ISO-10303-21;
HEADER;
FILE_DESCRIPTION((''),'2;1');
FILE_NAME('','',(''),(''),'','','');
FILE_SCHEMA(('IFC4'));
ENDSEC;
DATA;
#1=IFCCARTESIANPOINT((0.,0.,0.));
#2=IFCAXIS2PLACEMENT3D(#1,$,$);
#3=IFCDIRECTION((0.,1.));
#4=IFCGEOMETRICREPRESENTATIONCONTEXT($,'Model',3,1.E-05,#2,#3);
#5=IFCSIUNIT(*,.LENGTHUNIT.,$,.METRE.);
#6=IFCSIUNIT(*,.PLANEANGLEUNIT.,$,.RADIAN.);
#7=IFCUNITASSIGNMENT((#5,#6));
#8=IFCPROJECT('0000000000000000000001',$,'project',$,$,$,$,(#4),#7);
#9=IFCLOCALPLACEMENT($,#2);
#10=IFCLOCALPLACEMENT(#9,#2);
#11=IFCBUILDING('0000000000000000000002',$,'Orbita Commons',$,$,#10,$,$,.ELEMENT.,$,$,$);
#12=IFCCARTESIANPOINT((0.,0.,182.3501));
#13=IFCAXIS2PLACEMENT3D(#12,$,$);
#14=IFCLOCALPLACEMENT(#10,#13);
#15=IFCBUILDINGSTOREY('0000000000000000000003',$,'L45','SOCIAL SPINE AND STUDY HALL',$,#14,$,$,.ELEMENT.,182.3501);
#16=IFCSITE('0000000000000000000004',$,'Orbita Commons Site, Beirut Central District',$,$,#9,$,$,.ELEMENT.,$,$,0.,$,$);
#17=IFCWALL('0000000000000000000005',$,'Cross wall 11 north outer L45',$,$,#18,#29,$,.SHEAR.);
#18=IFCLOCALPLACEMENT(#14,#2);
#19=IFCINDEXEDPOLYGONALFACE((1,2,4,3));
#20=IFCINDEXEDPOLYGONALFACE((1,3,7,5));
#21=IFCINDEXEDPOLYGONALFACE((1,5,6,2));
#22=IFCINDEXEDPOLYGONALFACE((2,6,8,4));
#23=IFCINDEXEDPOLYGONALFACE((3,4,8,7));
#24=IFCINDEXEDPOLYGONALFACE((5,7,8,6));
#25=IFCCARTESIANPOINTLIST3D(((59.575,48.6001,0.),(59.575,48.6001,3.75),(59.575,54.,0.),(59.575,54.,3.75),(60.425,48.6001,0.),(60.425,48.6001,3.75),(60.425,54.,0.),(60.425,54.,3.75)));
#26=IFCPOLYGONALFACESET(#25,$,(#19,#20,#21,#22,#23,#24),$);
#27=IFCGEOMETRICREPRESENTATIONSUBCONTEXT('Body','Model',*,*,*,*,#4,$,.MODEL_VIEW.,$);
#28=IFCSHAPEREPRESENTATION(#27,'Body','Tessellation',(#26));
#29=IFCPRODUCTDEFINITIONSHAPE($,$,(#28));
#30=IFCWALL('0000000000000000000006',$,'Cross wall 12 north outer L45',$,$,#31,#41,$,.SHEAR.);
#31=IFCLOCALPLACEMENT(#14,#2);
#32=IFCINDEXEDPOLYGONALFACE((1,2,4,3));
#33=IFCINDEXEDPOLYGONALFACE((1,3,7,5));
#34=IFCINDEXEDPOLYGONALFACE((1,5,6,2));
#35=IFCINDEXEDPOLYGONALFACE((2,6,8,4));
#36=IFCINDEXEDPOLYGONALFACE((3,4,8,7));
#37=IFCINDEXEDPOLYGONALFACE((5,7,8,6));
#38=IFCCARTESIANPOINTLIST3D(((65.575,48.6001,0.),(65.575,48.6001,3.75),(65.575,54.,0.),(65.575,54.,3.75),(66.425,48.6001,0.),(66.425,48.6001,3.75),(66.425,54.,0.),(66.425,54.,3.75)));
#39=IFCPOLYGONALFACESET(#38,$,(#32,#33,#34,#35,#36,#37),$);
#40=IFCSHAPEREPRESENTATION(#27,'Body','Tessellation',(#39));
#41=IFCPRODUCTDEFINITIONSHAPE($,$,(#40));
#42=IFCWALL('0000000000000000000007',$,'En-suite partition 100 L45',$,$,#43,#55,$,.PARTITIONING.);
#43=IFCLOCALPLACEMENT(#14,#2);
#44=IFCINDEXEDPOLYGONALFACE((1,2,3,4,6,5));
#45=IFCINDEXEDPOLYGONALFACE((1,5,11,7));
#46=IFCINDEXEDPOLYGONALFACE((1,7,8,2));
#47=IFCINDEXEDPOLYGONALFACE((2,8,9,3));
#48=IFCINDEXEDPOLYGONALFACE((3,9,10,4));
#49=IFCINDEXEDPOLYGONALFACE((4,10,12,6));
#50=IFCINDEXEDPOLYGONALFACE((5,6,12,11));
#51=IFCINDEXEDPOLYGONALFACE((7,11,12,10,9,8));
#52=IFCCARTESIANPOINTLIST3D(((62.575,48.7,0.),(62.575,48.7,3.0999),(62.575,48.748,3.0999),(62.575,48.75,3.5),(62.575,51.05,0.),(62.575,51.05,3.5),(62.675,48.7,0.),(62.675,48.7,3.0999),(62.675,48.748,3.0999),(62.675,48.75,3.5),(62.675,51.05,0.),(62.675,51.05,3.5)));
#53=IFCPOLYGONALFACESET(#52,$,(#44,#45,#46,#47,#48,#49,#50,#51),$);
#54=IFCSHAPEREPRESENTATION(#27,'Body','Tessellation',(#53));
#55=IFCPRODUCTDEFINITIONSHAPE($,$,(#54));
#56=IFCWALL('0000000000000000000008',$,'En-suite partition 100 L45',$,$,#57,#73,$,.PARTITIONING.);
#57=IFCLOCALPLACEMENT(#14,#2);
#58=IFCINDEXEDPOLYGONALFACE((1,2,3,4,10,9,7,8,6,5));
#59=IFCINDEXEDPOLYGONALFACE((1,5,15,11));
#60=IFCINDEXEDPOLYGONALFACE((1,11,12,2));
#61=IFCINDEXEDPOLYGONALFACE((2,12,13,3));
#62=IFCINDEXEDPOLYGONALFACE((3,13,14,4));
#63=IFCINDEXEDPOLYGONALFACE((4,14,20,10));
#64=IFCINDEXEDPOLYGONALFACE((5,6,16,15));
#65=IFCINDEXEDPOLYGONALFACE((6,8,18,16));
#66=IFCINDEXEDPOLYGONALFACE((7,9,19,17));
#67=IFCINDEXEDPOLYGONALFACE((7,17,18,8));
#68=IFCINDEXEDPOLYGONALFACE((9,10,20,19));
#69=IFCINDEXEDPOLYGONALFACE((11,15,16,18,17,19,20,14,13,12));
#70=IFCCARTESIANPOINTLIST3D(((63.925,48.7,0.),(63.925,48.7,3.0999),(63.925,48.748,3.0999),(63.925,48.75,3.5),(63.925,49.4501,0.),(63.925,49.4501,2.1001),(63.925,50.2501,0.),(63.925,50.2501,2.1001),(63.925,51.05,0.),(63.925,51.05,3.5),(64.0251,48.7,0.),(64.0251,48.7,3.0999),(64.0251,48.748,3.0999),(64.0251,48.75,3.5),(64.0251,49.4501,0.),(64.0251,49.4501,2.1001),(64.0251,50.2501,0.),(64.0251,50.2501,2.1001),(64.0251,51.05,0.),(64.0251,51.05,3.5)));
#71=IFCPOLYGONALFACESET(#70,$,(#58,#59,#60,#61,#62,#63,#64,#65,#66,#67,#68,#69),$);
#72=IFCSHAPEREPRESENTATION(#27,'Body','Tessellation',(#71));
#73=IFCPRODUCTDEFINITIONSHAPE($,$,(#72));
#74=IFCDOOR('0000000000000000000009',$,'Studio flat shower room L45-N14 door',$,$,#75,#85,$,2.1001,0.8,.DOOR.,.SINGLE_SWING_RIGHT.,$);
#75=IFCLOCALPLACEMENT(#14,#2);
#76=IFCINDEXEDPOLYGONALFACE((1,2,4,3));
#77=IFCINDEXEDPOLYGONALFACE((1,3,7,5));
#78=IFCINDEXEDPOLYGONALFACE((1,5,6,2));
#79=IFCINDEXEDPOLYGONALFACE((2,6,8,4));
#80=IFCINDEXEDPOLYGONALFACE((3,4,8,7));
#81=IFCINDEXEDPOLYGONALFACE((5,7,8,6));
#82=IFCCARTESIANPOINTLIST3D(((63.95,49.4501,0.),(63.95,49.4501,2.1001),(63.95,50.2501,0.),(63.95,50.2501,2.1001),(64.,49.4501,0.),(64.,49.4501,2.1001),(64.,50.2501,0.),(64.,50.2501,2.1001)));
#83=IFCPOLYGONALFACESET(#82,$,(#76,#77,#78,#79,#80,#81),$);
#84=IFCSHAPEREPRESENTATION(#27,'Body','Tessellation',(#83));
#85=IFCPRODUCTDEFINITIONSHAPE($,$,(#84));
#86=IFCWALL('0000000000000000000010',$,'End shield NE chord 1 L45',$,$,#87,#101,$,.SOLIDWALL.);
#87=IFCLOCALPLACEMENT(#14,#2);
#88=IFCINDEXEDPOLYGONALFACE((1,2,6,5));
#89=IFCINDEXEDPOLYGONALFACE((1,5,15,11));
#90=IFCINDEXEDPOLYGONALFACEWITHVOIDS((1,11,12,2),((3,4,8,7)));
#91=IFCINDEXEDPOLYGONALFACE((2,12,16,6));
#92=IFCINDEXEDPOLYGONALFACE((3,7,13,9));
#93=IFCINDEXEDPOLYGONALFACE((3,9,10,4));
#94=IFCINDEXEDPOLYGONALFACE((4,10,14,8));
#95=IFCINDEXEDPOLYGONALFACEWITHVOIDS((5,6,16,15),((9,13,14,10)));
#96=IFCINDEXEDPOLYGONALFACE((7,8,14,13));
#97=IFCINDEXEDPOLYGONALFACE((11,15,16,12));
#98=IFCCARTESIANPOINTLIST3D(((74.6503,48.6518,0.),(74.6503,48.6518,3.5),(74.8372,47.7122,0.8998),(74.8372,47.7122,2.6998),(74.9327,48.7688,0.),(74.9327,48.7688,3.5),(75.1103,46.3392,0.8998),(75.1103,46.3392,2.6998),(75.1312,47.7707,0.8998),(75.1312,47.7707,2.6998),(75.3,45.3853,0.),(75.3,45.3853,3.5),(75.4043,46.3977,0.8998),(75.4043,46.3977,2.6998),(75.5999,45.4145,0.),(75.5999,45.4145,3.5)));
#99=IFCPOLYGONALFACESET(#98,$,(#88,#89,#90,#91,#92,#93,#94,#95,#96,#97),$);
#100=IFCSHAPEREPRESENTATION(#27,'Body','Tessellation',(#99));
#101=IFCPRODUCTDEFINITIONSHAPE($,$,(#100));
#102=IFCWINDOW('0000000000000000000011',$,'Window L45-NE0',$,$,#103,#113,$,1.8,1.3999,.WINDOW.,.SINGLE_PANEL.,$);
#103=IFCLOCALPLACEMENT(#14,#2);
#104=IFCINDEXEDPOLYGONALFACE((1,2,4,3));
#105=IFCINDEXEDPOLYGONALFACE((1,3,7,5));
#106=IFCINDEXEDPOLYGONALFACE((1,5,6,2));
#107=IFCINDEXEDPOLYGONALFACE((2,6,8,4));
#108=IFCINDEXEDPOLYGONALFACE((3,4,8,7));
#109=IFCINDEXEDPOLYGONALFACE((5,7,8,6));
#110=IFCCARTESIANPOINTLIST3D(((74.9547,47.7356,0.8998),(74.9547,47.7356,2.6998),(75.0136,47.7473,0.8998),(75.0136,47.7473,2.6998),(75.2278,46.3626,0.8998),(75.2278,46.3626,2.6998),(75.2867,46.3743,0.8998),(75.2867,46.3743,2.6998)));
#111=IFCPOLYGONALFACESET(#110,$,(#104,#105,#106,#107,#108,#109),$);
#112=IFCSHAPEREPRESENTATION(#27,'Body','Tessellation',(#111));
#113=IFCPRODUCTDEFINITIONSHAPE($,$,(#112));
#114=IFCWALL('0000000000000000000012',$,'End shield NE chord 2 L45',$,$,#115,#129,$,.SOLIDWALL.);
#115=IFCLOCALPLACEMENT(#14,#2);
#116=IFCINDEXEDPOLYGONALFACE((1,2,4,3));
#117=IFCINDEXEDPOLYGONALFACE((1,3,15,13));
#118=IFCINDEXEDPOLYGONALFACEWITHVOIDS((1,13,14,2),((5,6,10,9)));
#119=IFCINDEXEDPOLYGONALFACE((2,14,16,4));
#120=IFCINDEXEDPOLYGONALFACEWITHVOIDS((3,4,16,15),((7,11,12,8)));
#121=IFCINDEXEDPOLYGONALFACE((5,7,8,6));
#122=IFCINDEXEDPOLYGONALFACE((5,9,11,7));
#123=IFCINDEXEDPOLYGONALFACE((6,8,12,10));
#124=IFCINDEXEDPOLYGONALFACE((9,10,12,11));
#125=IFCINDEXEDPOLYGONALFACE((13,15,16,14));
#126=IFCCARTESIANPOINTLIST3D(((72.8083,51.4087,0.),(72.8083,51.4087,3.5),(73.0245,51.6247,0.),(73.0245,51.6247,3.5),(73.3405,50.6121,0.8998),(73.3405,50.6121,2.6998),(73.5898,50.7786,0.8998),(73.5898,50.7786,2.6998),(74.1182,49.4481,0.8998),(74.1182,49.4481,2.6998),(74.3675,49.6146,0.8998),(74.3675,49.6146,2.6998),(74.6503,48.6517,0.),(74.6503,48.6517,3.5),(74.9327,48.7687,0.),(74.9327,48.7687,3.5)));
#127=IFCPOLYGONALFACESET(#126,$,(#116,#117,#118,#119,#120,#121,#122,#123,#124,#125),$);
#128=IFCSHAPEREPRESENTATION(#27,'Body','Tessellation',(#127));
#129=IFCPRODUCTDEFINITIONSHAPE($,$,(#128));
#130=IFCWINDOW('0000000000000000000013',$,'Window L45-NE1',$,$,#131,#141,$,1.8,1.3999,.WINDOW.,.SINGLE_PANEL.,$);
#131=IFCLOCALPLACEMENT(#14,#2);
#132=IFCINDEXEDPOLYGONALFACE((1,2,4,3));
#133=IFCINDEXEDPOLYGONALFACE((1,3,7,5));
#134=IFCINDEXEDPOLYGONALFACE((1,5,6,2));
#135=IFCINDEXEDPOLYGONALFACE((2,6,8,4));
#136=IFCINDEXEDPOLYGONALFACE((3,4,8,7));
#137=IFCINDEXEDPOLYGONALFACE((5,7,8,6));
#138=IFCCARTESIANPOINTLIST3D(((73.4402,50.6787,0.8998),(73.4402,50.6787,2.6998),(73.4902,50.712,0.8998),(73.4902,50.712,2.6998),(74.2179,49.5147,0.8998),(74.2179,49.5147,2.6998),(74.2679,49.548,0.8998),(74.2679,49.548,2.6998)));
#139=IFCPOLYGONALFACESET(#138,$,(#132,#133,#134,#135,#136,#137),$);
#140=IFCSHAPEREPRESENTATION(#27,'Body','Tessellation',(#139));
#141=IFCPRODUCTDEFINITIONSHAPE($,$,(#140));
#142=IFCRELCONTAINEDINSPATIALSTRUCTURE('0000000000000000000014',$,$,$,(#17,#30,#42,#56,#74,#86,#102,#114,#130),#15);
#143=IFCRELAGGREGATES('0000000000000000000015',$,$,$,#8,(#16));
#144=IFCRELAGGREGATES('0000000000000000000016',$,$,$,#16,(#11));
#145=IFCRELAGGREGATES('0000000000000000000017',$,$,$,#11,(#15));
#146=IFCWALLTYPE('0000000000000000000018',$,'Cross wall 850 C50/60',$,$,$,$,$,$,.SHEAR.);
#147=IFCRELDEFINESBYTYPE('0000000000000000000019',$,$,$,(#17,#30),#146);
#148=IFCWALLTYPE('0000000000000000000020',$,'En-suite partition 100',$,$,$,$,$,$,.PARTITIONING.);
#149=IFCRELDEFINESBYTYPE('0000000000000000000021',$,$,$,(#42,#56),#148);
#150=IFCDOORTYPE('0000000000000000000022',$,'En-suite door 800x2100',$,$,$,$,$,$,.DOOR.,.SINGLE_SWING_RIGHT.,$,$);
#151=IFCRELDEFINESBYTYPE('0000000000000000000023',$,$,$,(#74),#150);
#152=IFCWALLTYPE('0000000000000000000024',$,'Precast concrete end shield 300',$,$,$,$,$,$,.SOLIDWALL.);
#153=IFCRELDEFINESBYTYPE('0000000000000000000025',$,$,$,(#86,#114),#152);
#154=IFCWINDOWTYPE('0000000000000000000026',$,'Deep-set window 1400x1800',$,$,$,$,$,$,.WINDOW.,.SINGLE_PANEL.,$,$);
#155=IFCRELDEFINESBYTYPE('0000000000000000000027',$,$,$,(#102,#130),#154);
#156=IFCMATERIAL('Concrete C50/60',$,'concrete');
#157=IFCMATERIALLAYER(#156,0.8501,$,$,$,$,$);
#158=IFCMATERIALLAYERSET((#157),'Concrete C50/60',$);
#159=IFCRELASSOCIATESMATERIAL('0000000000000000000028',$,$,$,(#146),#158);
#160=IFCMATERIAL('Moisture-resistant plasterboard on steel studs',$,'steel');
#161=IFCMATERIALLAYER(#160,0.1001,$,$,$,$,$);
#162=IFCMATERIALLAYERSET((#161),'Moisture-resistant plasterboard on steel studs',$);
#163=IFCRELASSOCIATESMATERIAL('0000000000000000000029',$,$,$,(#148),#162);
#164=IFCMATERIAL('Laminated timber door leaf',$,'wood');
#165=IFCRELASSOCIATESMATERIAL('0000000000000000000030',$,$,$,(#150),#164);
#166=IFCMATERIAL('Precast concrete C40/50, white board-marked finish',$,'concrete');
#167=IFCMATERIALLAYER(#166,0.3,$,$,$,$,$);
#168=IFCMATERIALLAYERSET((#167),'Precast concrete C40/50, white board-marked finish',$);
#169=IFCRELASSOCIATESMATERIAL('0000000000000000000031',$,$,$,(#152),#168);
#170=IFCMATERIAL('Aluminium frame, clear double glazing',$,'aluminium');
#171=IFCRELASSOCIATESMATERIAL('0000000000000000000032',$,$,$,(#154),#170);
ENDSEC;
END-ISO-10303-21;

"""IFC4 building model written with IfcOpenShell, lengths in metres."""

from ifc_helpers import new_model, si_unit, direction, frame, frame_2d, origin, place, context, subcontext, project, spatial, polyline, rectangle, outline, extrude, material, layer, layer_set, type_object, element, fill, save


model = new_model("IFC4")

# Units and contexts
model_context = context("Model", 3, precision=1e-05, world=origin(), true_north=direction((0.0, 1.0)))
body_context = subcontext(model_context, "Body", "Model", "MODEL_VIEW")
ifc_project = project(units=[si_unit("LENGTHUNIT", "METRE"), si_unit("PLANEANGLEUNIT", "RADIAN")], contexts=[model_context])

# Site, building, storey
site_placement = place(None, origin())
site = spatial("IfcSite", under=ifc_project, at=site_placement, Name="Orbita Commons Site, Beirut Central District", CompositionType="ELEMENT", RefElevation=0.0)
building_placement = place(site_placement, origin())
building = spatial("IfcBuilding", under=site, at=building_placement, Name="Orbita Commons", CompositionType="ELEMENT")
storey_placement = place(building_placement, frame((0.0, 0.0, 182.3501)))
storey = spatial("IfcBuildingStorey", under=building, at=storey_placement, Name="L45", Description="SOCIAL SPINE AND STUDY HALL", CompositionType="ELEMENT", Elevation=182.3501)

# Walls
ifc_material_1 = material(Name="Concrete C50/60", Category="concrete")
ifc_layer_1 = layer(ifc_material_1, 0.8501)
ifc_layer_set_1 = layer_set([ifc_layer_1], Name="Concrete C50/60")
wall_type_1 = type_object("IfcWallType", Name="Cross wall 850 C50/60", PredefinedType="SHEAR", material=ifc_layer_set_1)
for number, where, z_axis, x_axis, name in (
    (1, (60.0, 48.6001, 0.0), (0.0, 0.0, 1.0), (0.0, 1.0, 0.0), "Cross wall 11 north outer L45"),
    (2, (66.0, 48.6001, 0.0), (0.0, 0.0, 1.0), (0.0, 1.0, 0.0), "Cross wall 12 north outer L45"),
):
    element("IfcWall", number, at=place(storey_placement, frame(where, z_axis=z_axis, x_axis=x_axis)), inside=storey, type_object=wall_type_1, Name=name, PredefinedType="SHEAR", context=body_context, shape_type="SweptSolid", body=[
        extrude(rectangle(XDim=5.3999, YDim=0.8501, at=frame_2d((2.7, 0.0))), origin(), (0.0, 0.0, 1.0), 3.75),
    ])
ifc_material_2 = material(Name="Moisture-resistant plasterboard on steel studs", Category="steel")
ifc_layer_2 = layer(ifc_material_2, 0.1001)
ifc_layer_set_2 = layer_set([ifc_layer_2], Name="Moisture-resistant plasterboard on steel studs")
wall_type_2 = type_object("IfcWallType", Name="En-suite partition 100", PredefinedType="PARTITIONING", material=ifc_layer_set_2)
wall_1_placement = place(storey_placement, frame((62.625, 51.05, 0.0), z_axis=(0.0, 0.0, 1.0), x_axis=(0.0, -1.0, 0.0)))
element("IfcWall", 3, at=wall_1_placement, inside=storey, type_object=wall_type_2, Name="En-suite partition 100 L45", PredefinedType="PARTITIONING", context=body_context, shape_type="SweptSolid", body=[
    extrude(outline(polyline([(0.0, 0.0), (2.3501, 0.0), (2.3501, 3.0999), (2.302, 3.0999), (2.3, 3.5), (0.0, 3.5), (0.0, 0.0)])), frame((0.0, 0.05, 0.0), z_axis=(0.0, -1.0, 0.0), x_axis=(1.0, 0.0, 0.0)), (0.0, 0.0, 1.0), 0.1001),
])

# Wall, opening, door
wall_2_placement = place(storey_placement, frame((63.9751, 51.05, 0.0), z_axis=(0.0, 0.0, 1.0), x_axis=(0.0, -1.0, 0.0)))
wall_2 = element("IfcWall", 4, at=wall_2_placement, inside=storey, type_object=wall_type_2, Name="En-suite partition 100 L45", PredefinedType="PARTITIONING", context=body_context, shape_type="SweptSolid", body=[
    extrude(outline(polyline([(0.0, 0.0), (2.3501, 0.0), (2.3501, 3.0999), (2.302, 3.0999), (2.3, 3.5), (0.0, 3.5), (0.0, 0.0)])), frame((0.0, 0.05, 0.0), z_axis=(0.0, -1.0, 0.0), x_axis=(1.0, 0.0, 0.0)), (0.0, 0.0, 1.0), 0.1001),
])
opening_1_placement = place(wall_2_placement, frame((0.8, 0.0, 0.0)))
opening_1 = element("IfcOpeningElement", 5, at=opening_1_placement, cuts=wall_2, PredefinedType="OPENING", context=body_context, shape_type="SweptSolid", body=[
    extrude(rectangle(XDim=0.8, YDim=2.1001, at=frame_2d((0.3999, 1.05))), frame((0.0, 0.0601, 0.0), z_axis=(0.0, -1.0, 0.0), x_axis=(1.0, 0.0, 0.0)), (0.0, 0.0, 1.0), 0.1201),
])
ifc_material_3 = material(Name="Laminated timber door leaf", Category="wood")
door_type_1 = type_object("IfcDoorType", Name="En-suite door 800x2100", OperationType="SINGLE_SWING_RIGHT", PredefinedType="DOOR", material=ifc_material_3)
door_1_placement = place(opening_1_placement, origin())
door_1 = element("IfcDoor", 6, at=door_1_placement, inside=storey, type_object=door_type_1, Name="Studio flat shower room L45-N14 door", OperationType="SINGLE_SWING_RIGHT", OverallHeight=2.1001, OverallWidth=0.8, PredefinedType="DOOR", context=body_context, shape_type="SweptSolid", body=[
    extrude(rectangle(XDim=0.8, YDim=2.1001, at=frame_2d((0.3999, 1.05))), frame((0.0, 0.0249, 0.0), z_axis=(0.0, -1.0, 0.0), x_axis=(1.0, 0.0, 0.0)), (0.0, 0.0, 1.0), 0.05),
])
fill(opening_1, door_1)

# Walls, openings, windows
ifc_material_4 = material(Name="Precast concrete C40/50, white board-marked finish", Category="concrete")
ifc_layer_3 = layer(ifc_material_4, 0.3)
ifc_layer_set_3 = layer_set([ifc_layer_3], Name="Precast concrete C40/50, white board-marked finish")
wall_type_3 = type_object("IfcWallType", Name="Precast concrete end shield 300", PredefinedType="SOLIDWALL", material=ifc_layer_set_3)
wall_3_placement = place(storey_placement, frame((75.45, 45.3999, 0.0), z_axis=(0.0, 0.0, 1.0), x_axis=(-0.195087, 0.980786, 0.0)))
wall_3 = element("IfcWall", 7, at=wall_3_placement, inside=storey, type_object=wall_type_3, Name="End shield NE chord 1 L45", PredefinedType="SOLIDWALL", context=body_context, shape_type="SweptSolid", body=[
    extrude(outline(polyline([(-0.0149, -0.1499), (3.405, -0.1499), (3.3455, 0.1499), (0.0149, 0.1499), (-0.0149, -0.1499)])), origin(), (0.0, 0.0, 1.0), 3.5),
])
opening_2_placement = place(wall_3_placement, frame((0.9875, 0.0, 0.8999)))
opening_2 = element("IfcOpeningElement", 8, at=opening_2_placement, cuts=wall_3, PredefinedType="OPENING", context=body_context, shape_type="SweptSolid", body=[
    extrude(rectangle(XDim=1.3999, YDim=1.8, at=frame_2d((0.7, 0.8999))), frame((0.0, 0.1599, 0.0), z_axis=(0.0, -1.0, 0.0), x_axis=(1.0, 0.0, 0.0)), (0.0, 0.0, 1.0), 0.3201),
])
ifc_material_5 = material(Name="Aluminium frame, clear double glazing", Category="aluminium")
window_type = type_object("IfcWindowType", Name="Deep-set window 1400x1800", PartitioningType="SINGLE_PANEL", PredefinedType="WINDOW", material=ifc_material_5)
window_1_placement = place(opening_2_placement, origin())
window_1 = element("IfcWindow", 9, at=window_1_placement, inside=storey, type_object=window_type, Name="Window L45-NE0", OverallHeight=1.8, OverallWidth=1.3999, PartitioningType="SINGLE_PANEL", PredefinedType="WINDOW", context=body_context, shape_type="SweptSolid", body=[
    extrude(rectangle(XDim=1.3999, YDim=1.8, at=frame_2d((0.7, 0.8999))), frame((0.0, 0.03, 0.0), z_axis=(0.0, -1.0, 0.0), x_axis=(1.0, 0.0, 0.0)), (0.0, 0.0, 1.0), 0.0601),
])
fill(opening_2, window_1)
wall_4_placement = place(storey_placement, frame((74.7915, 48.7102, 0.0), z_axis=(0.0, 0.0, 1.0), x_axis=(-0.555535, 0.831493, 0.0)))
wall_4 = element("IfcWall", 10, at=wall_4_placement, inside=storey, type_object=wall_type_3, Name="End shield NE chord 2 L45", PredefinedType="SOLIDWALL", context=body_context, shape_type="SweptSolid", body=[
    extrude(outline(polyline([(-0.0298, -0.1499), (3.405, -0.1499), (3.3455, 0.1499), (0.0298, 0.1499), (-0.0298, -0.1499)])), origin(), (0.0, 0.0, 1.0), 3.5),
])
opening_3_placement = place(wall_4_placement, frame((0.9875, 0.0, 0.8999)))
opening_3 = element("IfcOpeningElement", 11, at=opening_3_placement, cuts=wall_4, PredefinedType="OPENING", context=body_context, shape_type="SweptSolid", body=[
    extrude(rectangle(XDim=1.3999, YDim=1.8, at=frame_2d((0.7, 0.8999))), frame((0.0, 0.1599, 0.0), z_axis=(0.0, -1.0, 0.0), x_axis=(1.0, 0.0, 0.0)), (0.0, 0.0, 1.0), 0.3201),
])
window_2_placement = place(opening_3_placement, origin())
window_2 = element("IfcWindow", 12, at=window_2_placement, inside=storey, type_object=window_type, Name="Window L45-NE1", OverallHeight=1.8, OverallWidth=1.3999, PartitioningType="SINGLE_PANEL", PredefinedType="WINDOW", context=body_context, shape_type="SweptSolid", body=[
    extrude(rectangle(XDim=1.3999, YDim=1.8, at=frame_2d((0.7, 0.8999))), frame((0.0, 0.03, 0.0), z_axis=(0.0, -1.0, 0.0), x_axis=(1.0, 0.0, 0.0)), (0.0, 0.0, 1.0), 0.0601),
])
fill(opening_3, window_2)

save(model, "model.ifc")
